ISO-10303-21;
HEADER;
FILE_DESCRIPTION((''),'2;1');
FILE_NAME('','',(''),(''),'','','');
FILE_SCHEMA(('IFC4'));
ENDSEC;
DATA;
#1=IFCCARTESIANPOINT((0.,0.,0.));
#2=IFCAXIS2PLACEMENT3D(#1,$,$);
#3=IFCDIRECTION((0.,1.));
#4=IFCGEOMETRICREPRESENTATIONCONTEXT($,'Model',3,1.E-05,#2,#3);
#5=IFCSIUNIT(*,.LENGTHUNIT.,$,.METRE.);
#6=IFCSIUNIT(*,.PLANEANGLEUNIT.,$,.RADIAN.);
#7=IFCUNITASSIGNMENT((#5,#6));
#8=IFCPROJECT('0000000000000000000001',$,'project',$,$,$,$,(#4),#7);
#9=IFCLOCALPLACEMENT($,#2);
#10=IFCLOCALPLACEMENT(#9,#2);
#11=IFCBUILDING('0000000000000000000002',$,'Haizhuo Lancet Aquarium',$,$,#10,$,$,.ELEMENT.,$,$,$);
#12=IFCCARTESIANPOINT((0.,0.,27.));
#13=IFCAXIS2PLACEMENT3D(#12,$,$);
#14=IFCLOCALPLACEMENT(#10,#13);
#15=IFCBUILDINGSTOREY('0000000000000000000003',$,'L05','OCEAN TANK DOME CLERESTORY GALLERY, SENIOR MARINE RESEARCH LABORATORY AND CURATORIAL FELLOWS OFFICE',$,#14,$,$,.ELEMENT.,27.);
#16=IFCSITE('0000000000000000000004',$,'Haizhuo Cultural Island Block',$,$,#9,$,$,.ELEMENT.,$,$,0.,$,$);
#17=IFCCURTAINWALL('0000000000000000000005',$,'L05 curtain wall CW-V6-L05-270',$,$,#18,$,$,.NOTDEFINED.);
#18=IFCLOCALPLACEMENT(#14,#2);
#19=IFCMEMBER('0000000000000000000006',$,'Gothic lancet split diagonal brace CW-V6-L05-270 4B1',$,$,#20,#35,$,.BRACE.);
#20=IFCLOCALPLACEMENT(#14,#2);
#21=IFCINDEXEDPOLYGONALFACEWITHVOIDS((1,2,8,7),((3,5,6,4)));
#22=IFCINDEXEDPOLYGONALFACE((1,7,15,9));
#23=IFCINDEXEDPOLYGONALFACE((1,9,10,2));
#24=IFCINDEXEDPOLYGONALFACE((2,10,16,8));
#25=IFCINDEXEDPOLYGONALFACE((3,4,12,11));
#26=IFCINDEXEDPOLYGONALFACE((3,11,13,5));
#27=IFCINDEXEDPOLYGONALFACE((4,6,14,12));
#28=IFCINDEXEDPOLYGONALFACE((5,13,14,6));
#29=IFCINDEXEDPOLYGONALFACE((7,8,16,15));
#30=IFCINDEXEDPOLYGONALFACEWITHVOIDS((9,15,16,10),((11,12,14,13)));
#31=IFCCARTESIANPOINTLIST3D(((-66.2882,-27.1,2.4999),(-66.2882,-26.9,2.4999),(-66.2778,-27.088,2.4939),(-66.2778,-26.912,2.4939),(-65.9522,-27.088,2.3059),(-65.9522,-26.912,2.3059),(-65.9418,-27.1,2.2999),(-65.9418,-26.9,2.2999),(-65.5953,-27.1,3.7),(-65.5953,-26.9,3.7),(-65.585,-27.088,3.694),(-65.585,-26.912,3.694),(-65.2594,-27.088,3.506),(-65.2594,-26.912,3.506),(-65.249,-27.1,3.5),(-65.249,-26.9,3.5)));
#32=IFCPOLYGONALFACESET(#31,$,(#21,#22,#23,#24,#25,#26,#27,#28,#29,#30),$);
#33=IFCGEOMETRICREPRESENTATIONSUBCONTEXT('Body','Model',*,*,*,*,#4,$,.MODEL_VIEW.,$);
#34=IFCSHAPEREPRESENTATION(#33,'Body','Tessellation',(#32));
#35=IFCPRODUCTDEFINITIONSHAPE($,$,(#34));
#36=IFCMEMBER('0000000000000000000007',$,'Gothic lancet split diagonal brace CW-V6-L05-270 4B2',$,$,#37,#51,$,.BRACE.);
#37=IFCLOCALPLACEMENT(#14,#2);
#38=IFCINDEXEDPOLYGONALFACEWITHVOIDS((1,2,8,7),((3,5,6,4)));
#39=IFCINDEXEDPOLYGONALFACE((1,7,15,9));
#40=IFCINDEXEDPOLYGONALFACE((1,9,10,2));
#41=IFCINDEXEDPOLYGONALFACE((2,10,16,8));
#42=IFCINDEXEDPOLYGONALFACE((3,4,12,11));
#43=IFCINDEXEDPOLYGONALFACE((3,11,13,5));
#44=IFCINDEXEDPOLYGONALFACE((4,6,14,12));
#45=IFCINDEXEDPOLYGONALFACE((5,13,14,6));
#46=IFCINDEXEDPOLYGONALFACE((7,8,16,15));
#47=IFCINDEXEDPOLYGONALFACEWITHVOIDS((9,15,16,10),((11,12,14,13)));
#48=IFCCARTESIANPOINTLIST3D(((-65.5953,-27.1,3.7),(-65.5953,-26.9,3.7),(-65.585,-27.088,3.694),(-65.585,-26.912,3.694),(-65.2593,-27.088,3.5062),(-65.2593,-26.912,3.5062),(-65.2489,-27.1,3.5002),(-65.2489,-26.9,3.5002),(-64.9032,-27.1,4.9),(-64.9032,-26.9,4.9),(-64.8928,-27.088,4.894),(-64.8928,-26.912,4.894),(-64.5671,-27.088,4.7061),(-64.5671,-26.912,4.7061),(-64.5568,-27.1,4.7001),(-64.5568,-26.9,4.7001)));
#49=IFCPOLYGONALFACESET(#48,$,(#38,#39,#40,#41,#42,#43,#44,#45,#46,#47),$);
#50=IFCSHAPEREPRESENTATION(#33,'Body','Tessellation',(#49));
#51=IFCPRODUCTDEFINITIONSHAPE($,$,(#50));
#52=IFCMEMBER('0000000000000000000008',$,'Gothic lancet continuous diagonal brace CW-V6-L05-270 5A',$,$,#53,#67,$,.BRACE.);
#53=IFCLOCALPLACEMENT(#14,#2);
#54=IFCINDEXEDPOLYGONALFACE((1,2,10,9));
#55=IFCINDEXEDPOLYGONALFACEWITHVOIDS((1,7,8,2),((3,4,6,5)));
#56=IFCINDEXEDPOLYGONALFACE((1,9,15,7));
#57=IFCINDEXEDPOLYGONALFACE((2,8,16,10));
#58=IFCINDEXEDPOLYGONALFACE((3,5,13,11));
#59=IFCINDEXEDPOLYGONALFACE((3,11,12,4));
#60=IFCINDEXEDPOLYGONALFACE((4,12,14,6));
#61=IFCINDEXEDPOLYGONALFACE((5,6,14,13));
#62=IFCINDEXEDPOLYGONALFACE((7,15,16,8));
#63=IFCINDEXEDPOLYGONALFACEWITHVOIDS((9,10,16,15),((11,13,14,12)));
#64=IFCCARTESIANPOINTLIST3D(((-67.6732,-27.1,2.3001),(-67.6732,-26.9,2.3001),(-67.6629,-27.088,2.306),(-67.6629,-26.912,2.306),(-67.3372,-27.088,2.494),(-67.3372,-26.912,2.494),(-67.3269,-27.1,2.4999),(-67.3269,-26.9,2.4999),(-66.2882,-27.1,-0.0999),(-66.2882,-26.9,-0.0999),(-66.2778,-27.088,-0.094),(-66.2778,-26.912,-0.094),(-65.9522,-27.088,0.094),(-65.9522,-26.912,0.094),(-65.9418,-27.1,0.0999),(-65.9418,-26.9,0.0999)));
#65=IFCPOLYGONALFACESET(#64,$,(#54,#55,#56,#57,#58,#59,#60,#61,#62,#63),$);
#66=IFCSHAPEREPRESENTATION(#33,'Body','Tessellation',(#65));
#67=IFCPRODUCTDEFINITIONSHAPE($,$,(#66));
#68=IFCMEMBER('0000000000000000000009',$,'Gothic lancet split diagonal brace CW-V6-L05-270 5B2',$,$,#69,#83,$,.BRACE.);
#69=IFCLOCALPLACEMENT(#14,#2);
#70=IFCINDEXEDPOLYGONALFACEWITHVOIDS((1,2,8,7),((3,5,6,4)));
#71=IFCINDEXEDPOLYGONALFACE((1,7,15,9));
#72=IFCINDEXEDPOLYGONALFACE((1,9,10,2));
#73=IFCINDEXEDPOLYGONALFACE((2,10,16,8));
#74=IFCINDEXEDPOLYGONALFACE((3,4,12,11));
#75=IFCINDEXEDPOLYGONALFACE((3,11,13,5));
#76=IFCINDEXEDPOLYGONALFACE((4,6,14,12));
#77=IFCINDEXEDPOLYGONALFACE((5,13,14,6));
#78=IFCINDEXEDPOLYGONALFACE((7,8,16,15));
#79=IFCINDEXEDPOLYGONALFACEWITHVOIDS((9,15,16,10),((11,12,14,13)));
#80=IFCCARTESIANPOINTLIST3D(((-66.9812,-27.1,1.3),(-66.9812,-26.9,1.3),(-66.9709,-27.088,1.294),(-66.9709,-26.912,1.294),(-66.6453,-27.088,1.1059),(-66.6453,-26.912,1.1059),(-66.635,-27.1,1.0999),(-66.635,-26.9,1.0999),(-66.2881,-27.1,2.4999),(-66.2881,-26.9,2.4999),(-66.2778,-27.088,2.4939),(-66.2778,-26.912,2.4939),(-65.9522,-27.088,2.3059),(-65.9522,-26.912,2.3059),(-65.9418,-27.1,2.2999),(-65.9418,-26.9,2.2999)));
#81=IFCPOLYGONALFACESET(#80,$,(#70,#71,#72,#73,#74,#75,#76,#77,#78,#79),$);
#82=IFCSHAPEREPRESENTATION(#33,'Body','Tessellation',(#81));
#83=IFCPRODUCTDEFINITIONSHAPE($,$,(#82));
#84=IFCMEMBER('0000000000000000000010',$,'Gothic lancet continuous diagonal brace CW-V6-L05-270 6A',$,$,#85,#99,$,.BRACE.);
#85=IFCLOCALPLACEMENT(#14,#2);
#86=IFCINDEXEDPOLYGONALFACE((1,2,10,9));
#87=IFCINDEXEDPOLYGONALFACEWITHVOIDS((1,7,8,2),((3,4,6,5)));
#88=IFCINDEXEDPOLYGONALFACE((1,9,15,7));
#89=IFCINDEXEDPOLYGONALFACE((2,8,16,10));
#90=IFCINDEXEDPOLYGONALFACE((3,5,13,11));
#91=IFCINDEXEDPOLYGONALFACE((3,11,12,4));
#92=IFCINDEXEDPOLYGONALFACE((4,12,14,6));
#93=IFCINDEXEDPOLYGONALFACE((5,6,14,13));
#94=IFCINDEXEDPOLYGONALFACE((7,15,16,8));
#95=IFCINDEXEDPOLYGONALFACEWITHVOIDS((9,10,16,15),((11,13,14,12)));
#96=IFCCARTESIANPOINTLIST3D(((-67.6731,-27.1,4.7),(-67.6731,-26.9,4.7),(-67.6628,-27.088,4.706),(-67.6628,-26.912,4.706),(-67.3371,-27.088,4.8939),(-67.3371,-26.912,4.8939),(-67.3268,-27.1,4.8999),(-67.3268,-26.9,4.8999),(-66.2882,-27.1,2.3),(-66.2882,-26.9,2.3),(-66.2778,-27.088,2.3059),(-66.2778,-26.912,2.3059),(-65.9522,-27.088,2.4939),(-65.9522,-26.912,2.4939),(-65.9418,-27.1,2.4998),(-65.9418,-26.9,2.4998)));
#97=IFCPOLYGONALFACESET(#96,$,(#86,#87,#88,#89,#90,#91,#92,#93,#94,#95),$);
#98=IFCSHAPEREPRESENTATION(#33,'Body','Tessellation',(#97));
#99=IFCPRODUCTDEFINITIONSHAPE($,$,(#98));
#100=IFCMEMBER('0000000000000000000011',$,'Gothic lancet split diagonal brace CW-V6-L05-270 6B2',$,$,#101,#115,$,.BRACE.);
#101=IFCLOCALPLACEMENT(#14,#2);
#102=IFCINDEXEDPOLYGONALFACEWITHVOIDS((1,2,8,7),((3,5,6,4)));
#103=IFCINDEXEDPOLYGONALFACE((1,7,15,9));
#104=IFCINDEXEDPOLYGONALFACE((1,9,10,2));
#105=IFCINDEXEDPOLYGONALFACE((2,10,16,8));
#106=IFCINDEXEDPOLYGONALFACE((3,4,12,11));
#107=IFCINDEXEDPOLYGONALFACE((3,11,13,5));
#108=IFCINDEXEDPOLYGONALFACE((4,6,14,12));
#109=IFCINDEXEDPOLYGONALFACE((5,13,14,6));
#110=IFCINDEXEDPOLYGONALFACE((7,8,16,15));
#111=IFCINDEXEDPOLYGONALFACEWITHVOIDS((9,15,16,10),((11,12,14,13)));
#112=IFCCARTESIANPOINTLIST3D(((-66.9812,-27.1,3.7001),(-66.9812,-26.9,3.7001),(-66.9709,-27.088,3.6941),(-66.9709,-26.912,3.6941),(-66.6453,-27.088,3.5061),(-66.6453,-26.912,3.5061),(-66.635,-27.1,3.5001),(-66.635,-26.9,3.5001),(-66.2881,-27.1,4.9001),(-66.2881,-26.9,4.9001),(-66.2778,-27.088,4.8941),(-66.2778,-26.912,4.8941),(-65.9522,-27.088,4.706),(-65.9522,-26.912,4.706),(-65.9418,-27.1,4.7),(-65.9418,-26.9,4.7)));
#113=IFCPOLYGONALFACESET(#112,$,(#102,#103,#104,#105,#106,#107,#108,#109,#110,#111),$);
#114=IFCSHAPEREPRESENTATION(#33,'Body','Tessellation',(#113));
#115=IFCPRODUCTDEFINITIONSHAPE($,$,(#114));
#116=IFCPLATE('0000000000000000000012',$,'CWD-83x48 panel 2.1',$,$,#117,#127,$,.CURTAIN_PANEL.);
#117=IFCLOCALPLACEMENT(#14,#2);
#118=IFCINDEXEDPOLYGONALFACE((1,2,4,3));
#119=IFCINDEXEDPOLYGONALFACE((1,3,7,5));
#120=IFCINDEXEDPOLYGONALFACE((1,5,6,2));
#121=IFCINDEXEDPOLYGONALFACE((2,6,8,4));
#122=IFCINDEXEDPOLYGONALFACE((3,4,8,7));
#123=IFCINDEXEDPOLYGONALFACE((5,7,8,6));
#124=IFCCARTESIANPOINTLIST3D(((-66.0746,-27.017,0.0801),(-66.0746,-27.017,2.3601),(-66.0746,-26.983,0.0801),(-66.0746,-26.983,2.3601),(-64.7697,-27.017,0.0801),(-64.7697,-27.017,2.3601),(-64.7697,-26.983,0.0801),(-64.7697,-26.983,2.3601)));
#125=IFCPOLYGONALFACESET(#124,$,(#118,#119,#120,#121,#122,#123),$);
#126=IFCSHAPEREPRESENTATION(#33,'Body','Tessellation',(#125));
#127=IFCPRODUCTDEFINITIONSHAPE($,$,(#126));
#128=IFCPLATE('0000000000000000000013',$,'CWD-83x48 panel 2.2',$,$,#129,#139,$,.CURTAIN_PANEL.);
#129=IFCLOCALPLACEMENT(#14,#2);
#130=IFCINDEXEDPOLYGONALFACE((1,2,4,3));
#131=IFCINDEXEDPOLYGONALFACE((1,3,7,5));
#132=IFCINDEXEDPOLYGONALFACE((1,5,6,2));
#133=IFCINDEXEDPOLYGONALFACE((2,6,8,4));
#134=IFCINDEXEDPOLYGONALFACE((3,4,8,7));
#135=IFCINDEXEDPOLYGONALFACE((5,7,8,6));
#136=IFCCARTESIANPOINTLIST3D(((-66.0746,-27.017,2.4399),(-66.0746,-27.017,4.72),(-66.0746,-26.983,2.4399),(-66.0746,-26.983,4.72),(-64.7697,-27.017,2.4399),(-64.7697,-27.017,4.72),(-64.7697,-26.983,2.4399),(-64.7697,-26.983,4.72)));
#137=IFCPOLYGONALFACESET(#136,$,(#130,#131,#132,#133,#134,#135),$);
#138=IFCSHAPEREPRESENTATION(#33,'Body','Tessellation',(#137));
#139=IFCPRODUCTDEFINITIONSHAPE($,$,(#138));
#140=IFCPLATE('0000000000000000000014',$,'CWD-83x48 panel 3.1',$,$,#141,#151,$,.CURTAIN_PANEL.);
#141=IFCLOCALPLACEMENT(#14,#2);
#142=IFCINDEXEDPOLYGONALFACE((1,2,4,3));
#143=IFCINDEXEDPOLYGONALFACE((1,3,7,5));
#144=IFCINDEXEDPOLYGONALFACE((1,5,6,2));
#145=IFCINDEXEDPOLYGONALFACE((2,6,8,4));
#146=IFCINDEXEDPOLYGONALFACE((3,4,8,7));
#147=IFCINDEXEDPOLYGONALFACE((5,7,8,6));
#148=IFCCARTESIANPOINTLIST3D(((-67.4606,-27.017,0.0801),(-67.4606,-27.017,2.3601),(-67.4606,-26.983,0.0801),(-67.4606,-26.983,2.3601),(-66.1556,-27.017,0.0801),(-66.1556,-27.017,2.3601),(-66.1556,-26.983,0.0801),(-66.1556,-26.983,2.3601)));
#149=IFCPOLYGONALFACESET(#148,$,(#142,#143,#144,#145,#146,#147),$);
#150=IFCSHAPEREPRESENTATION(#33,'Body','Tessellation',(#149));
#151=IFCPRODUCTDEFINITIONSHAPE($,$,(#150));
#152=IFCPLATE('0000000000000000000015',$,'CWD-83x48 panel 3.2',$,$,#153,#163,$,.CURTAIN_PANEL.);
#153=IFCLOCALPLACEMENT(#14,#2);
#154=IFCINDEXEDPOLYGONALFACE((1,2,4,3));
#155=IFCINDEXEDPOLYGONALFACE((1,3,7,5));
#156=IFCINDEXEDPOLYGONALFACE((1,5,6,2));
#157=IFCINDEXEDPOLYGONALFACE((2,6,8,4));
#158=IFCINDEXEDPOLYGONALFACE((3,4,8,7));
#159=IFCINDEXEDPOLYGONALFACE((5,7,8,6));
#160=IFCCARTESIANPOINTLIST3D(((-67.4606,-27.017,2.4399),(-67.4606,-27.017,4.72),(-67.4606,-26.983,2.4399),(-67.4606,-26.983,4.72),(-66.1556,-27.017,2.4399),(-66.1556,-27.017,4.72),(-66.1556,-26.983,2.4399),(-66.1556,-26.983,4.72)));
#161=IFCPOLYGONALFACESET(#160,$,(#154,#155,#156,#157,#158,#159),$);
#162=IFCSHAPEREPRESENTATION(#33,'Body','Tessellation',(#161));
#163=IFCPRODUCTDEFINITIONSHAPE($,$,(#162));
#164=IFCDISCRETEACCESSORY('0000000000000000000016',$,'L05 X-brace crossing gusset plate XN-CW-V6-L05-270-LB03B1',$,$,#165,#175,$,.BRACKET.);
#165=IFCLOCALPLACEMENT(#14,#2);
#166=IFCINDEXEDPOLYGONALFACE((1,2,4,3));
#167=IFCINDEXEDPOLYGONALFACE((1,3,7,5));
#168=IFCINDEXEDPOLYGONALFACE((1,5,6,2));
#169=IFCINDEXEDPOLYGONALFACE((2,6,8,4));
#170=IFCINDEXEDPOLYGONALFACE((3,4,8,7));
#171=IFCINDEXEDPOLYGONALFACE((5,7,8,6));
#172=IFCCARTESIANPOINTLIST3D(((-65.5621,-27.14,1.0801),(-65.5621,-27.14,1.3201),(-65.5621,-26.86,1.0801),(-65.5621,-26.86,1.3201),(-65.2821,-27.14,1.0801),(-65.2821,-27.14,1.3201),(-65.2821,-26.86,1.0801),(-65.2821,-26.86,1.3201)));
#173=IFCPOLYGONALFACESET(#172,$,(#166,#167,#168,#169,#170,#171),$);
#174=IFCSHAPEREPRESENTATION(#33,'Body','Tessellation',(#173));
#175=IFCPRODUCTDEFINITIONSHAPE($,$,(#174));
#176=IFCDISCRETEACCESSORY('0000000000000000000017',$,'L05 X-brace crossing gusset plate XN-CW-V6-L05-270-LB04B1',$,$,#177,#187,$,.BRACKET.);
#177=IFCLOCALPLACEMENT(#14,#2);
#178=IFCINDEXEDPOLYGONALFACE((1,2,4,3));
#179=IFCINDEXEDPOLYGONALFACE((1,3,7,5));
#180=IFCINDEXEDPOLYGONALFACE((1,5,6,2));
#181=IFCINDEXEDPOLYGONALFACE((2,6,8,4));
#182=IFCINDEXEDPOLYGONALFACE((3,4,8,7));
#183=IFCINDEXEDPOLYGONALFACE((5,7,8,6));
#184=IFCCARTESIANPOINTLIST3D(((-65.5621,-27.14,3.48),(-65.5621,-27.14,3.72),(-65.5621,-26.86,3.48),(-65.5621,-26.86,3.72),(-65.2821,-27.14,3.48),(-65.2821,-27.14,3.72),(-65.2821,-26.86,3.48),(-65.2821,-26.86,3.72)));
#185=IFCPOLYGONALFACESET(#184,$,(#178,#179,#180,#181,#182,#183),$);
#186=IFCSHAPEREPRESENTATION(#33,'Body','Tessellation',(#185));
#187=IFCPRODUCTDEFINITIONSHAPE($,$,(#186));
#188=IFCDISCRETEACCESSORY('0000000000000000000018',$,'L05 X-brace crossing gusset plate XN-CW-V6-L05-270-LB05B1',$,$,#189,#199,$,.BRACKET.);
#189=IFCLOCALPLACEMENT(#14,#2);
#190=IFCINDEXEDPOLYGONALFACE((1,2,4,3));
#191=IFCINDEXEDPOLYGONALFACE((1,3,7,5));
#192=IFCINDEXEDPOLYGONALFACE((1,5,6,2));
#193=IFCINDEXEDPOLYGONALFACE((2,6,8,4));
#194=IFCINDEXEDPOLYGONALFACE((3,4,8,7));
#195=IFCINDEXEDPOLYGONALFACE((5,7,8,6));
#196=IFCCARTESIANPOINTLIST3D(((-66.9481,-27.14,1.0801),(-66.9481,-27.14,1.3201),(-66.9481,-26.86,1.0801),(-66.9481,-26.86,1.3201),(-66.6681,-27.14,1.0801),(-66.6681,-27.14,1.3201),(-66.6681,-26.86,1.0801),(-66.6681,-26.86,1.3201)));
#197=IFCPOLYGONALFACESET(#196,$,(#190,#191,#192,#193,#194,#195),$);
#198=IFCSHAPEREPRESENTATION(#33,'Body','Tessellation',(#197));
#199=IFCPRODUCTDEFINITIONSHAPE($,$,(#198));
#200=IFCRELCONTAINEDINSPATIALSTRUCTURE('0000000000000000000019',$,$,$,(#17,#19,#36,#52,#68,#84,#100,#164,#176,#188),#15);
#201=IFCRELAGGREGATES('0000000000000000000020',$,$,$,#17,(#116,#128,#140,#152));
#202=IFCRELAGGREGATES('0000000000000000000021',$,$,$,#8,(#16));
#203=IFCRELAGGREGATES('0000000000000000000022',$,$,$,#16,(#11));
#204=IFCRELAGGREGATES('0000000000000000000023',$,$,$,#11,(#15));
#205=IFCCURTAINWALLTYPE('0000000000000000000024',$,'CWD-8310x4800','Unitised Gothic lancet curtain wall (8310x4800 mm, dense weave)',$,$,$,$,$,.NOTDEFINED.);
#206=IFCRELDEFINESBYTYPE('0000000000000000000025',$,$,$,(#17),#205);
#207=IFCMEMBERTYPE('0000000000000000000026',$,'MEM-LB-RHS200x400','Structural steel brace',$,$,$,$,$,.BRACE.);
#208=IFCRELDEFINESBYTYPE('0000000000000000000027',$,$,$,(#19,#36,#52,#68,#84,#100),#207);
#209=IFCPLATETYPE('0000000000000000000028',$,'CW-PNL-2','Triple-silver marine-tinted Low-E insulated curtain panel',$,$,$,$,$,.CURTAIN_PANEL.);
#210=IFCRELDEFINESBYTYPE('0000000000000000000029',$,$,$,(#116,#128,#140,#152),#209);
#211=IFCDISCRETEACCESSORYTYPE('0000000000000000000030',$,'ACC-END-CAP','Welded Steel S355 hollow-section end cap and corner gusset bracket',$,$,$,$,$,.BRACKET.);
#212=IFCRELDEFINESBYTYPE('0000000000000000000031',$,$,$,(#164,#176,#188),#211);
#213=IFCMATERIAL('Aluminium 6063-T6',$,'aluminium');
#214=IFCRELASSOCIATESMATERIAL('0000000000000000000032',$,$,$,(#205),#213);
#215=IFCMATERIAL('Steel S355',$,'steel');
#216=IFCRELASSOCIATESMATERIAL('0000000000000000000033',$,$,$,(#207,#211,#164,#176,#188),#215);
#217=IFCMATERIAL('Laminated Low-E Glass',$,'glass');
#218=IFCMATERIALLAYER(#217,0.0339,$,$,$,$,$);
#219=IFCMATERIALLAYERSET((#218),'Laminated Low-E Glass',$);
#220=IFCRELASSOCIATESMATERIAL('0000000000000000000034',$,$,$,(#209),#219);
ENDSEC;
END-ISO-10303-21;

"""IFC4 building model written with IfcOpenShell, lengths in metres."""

from ifc_helpers import new_model, si_unit, direction, frame, origin, origin_2d, place, context, subcontext, project, spatial, rectangle, hollow_rectangle, extrude, material, layer, layer_set, material_profile, profile_set, type_object, element, aggregate, save


model = new_model("IFC4")

# Units and contexts
model_context = context("Model", 3, precision=1e-05, world=origin(), true_north=direction((0.0, 1.0)))
body_context = subcontext(model_context, "Body", "Model", "MODEL_VIEW")
ifc_project = project(units=[si_unit("LENGTHUNIT", "METRE"), si_unit("PLANEANGLEUNIT", "RADIAN")], contexts=[model_context])

# Site, building, storey
site_placement = place(None, origin())
site = spatial("IfcSite", under=ifc_project, at=site_placement, Name="Haizhuo Cultural Island Block", CompositionType="ELEMENT", RefElevation=0.0)
building_placement = place(site_placement, origin())
building = spatial("IfcBuilding", under=site, at=building_placement, Name="Haizhuo Lancet Aquarium", CompositionType="ELEMENT")
storey_placement = place(building_placement, frame((0.0, 0.0, 27.0)))
storey = spatial("IfcBuildingStorey", under=building, at=storey_placement, Name="L05", Description="OCEAN TANK DOME CLERESTORY GALLERY, SENIOR MARINE RESEARCH LABORATORY AND CURATORIAL FELLOWS OFFICE", CompositionType="ELEMENT", Elevation=27.0)

# Curtain wall
ifc_material_1 = material(Name="Aluminium 6063-T6", Category="aluminium")
curtain_wall_type = type_object("IfcCurtainWallType", Name="CWD-8310x4800", Description="Unitised Gothic lancet curtain wall (8310x4800 mm, dense weave)", PredefinedType="NOTDEFINED", material=ifc_material_1)
curtain_wall_placement = place(storey_placement, origin())
curtain_wall = element("IfcCurtainWall", 1, at=curtain_wall_placement, inside=storey, type_object=curtain_wall_type, Name="L05 curtain wall CW-V6-L05-270", PredefinedType="NOTDEFINED")

# Members
ifc_material_2 = material(Name="Steel S355", Category="steel")
ifc_material_profile_1 = material_profile(ifc_material_2, hollow_rectangle(XDim=0.2, YDim=0.3999, WallThickness=0.012, at=origin_2d()), Name="RHS 200x400x12")
ifc_profile_set_1 = profile_set([ifc_material_profile_1], Name="Steel S355")
member_type_1 = type_object("IfcMemberType", Name="MEM-LB-RHS200x400", Description="Structural steel brace", PredefinedType="BRACE", material=ifc_profile_set_1)
member_1_placement = place(storey_placement, frame((-66.115, -27.0, 2.3999), z_axis=(0.499966, 0.0, 0.866045), x_axis=(0.0, 1.0, 0.0)))
element("IfcMember", 2, at=member_1_placement, inside=storey, type_object=member_type_1, Name="Gothic lancet split diagonal brace CW-V6-L05-270 4B1", PredefinedType="BRACE", context=body_context, shape_type="SweptSolid", body=[
    extrude(hollow_rectangle(XDim=0.2, YDim=0.3999, WallThickness=0.012, at=origin_2d()), origin(), (0.0, 0.0, 1.0), 1.3857),
])
member_2_placement = place(storey_placement, frame((-65.4221, -27.0, 3.6001), z_axis=(0.499646, 0.0, 0.86623), x_axis=(0.0, 1.0, 0.0)))
element("IfcMember", 3, at=member_2_placement, inside=storey, type_object=member_type_1, Name="Gothic lancet split diagonal brace CW-V6-L05-270 4B2", PredefinedType="BRACE", context=body_context, shape_type="SweptSolid", body=[
    extrude(hollow_rectangle(XDim=0.2, YDim=0.3999, WallThickness=0.012, at=origin_2d()), origin(), (0.0, 0.0, 1.0), 1.3853),
])
member_3_placement = place(storey_placement, frame((-66.115, -27.0, 0.0), z_axis=(-0.499844, 0.0, 0.866115), x_axis=(0.0, -1.0, 0.0)))
element("IfcMember", 4, at=member_3_placement, inside=storey, type_object=member_type_1, Name="Gothic lancet continuous diagonal brace CW-V6-L05-270 5A", PredefinedType="BRACE", context=body_context, shape_type="SweptSolid", body=[
    extrude(hollow_rectangle(XDim=0.2, YDim=0.3999, WallThickness=0.012, at=origin_2d()), origin(), (0.0, 0.0, 1.0), 2.771),
])
member_4_placement = place(storey_placement, frame((-66.8081, -27.0, 1.2), z_axis=(0.500175, 0.0, 0.865924), x_axis=(0.0, 1.0, 0.0)))
element("IfcMember", 5, at=member_4_placement, inside=storey, type_object=member_type_1, Name="Gothic lancet split diagonal brace CW-V6-L05-270 5B2", PredefinedType="BRACE", context=body_context, shape_type="SweptSolid", body=[
    extrude(hollow_rectangle(XDim=0.2, YDim=0.3999, WallThickness=0.012, at=origin_2d()), origin(), (0.0, 0.0, 1.0), 1.3857),
])
member_5_placement = place(storey_placement, frame((-66.115, -27.0, 2.3999), z_axis=(-0.499806, 0.0, 0.866137), x_axis=(0.0, -1.0, 0.0)))
element("IfcMember", 6, at=member_5_placement, inside=storey, type_object=member_type_1, Name="Gothic lancet continuous diagonal brace CW-V6-L05-270 6A", PredefinedType="BRACE", context=body_context, shape_type="SweptSolid", body=[
    extrude(hollow_rectangle(XDim=0.2, YDim=0.3999, WallThickness=0.012, at=origin_2d()), origin(), (0.0, 0.0, 1.0), 2.771),
])
member_6_placement = place(storey_placement, frame((-66.8081, -27.0, 3.6001), z_axis=(0.500175, 0.0, 0.865924), x_axis=(0.0, 1.0, 0.0)))
element("IfcMember", 7, at=member_6_placement, inside=storey, type_object=member_type_1, Name="Gothic lancet split diagonal brace CW-V6-L05-270 6B2", PredefinedType="BRACE", context=body_context, shape_type="SweptSolid", body=[
    extrude(hollow_rectangle(XDim=0.2, YDim=0.3999, WallThickness=0.012, at=origin_2d()), origin(), (0.0, 0.0, 1.0), 1.3857),
])

# Plates
ifc_material_3 = material(Name="Laminated Low-E Glass", Category="glass")
ifc_layer = layer(ifc_material_3, 0.0339)
ifc_layer_set = layer_set([ifc_layer], Name="Laminated Low-E Glass")
plate_type = type_object("IfcPlateType", Name="CW-PNL-2", Description="Triple-silver marine-tinted Low-E insulated curtain panel", PredefinedType="CURTAIN_PANEL", material=ifc_layer_set)
plate_1_placement = place(storey_placement, frame((-65.4221, -27.0, 0.0801), z_axis=(0.0, 0.0, 1.0), x_axis=(-1.0, 0.0, 0.0)))
plate_1 = element("IfcPlate", 8, at=plate_1_placement, type_object=plate_type, Name="CWD-83x48 panel 2.1", PredefinedType="CURTAIN_PANEL", context=body_context, shape_type="SweptSolid", body=[
    extrude(rectangle(XDim=1.3049, YDim=0.0339, at=origin_2d()), origin(), (0.0, 0.0, 1.0), 2.28),
])
plate_2_placement = place(storey_placement, frame((-65.4221, -27.0, 2.4399), z_axis=(0.0, 0.0, 1.0), x_axis=(-1.0, 0.0, 0.0)))
plate_2 = element("IfcPlate", 9, at=plate_2_placement, type_object=plate_type, Name="CWD-83x48 panel 2.2", PredefinedType="CURTAIN_PANEL", context=body_context, shape_type="SweptSolid", body=[
    extrude(rectangle(XDim=1.3049, YDim=0.0339, at=origin_2d()), origin(), (0.0, 0.0, 1.0), 2.28),
])
plate_3_placement = place(storey_placement, frame((-66.8081, -27.0, 0.0801), z_axis=(0.0, 0.0, 1.0), x_axis=(-1.0, 0.0, 0.0)))
plate_3 = element("IfcPlate", 10, at=plate_3_placement, type_object=plate_type, Name="CWD-83x48 panel 3.1", PredefinedType="CURTAIN_PANEL", context=body_context, shape_type="SweptSolid", body=[
    extrude(rectangle(XDim=1.3049, YDim=0.0339, at=origin_2d()), origin(), (0.0, 0.0, 1.0), 2.28),
])
plate_4_placement = place(storey_placement, frame((-66.8081, -27.0, 2.4399), z_axis=(0.0, 0.0, 1.0), x_axis=(-1.0, 0.0, 0.0)))
plate_4 = element("IfcPlate", 11, at=plate_4_placement, type_object=plate_type, Name="CWD-83x48 panel 3.2", PredefinedType="CURTAIN_PANEL", context=body_context, shape_type="SweptSolid", body=[
    extrude(rectangle(XDim=1.3049, YDim=0.0339, at=origin_2d()), origin(), (0.0, 0.0, 1.0), 2.28),
])
aggregate(curtain_wall, [plate_1, plate_2, plate_3, plate_4])

# Discrete accessories
discrete_accessory_type = type_object("IfcDiscreteAccessoryType", Name="ACC-END-CAP", Description="Welded Steel S355 hollow-section end cap and corner gusset bracket", PredefinedType="BRACKET", material=ifc_material_2)
for number, where, z_axis, x_axis, name in (
    (12, (-65.4221, -27.0, 1.0801), (0.0, 0.0, 1.0), (1.0, 0.0, 0.0), "L05 X-brace crossing gusset plate XN-CW-V6-L05-270-LB03B1"),
    (13, (-65.4221, -27.0, 3.48), (0.0, 0.0, 1.0), (1.0, 0.0, 0.0), "L05 X-brace crossing gusset plate XN-CW-V6-L05-270-LB04B1"),
    (14, (-66.8081, -27.0, 1.0801), (0.0, 0.0, 1.0), (1.0, 0.0, 0.0), "L05 X-brace crossing gusset plate XN-CW-V6-L05-270-LB05B1"),
):
    element("IfcDiscreteAccessory", number, at=place(storey_placement, frame(where, z_axis=z_axis, x_axis=x_axis)), inside=storey, type_object=discrete_accessory_type, material=ifc_material_2, Name=name, PredefinedType="BRACKET", context=body_context, shape_type="SweptSolid", body=[
        extrude(rectangle(XDim=0.28, YDim=0.28, at=origin_2d()), origin(), (0.0, 0.0, 1.0), 0.24),
    ])

save(model, "model.ifc")
